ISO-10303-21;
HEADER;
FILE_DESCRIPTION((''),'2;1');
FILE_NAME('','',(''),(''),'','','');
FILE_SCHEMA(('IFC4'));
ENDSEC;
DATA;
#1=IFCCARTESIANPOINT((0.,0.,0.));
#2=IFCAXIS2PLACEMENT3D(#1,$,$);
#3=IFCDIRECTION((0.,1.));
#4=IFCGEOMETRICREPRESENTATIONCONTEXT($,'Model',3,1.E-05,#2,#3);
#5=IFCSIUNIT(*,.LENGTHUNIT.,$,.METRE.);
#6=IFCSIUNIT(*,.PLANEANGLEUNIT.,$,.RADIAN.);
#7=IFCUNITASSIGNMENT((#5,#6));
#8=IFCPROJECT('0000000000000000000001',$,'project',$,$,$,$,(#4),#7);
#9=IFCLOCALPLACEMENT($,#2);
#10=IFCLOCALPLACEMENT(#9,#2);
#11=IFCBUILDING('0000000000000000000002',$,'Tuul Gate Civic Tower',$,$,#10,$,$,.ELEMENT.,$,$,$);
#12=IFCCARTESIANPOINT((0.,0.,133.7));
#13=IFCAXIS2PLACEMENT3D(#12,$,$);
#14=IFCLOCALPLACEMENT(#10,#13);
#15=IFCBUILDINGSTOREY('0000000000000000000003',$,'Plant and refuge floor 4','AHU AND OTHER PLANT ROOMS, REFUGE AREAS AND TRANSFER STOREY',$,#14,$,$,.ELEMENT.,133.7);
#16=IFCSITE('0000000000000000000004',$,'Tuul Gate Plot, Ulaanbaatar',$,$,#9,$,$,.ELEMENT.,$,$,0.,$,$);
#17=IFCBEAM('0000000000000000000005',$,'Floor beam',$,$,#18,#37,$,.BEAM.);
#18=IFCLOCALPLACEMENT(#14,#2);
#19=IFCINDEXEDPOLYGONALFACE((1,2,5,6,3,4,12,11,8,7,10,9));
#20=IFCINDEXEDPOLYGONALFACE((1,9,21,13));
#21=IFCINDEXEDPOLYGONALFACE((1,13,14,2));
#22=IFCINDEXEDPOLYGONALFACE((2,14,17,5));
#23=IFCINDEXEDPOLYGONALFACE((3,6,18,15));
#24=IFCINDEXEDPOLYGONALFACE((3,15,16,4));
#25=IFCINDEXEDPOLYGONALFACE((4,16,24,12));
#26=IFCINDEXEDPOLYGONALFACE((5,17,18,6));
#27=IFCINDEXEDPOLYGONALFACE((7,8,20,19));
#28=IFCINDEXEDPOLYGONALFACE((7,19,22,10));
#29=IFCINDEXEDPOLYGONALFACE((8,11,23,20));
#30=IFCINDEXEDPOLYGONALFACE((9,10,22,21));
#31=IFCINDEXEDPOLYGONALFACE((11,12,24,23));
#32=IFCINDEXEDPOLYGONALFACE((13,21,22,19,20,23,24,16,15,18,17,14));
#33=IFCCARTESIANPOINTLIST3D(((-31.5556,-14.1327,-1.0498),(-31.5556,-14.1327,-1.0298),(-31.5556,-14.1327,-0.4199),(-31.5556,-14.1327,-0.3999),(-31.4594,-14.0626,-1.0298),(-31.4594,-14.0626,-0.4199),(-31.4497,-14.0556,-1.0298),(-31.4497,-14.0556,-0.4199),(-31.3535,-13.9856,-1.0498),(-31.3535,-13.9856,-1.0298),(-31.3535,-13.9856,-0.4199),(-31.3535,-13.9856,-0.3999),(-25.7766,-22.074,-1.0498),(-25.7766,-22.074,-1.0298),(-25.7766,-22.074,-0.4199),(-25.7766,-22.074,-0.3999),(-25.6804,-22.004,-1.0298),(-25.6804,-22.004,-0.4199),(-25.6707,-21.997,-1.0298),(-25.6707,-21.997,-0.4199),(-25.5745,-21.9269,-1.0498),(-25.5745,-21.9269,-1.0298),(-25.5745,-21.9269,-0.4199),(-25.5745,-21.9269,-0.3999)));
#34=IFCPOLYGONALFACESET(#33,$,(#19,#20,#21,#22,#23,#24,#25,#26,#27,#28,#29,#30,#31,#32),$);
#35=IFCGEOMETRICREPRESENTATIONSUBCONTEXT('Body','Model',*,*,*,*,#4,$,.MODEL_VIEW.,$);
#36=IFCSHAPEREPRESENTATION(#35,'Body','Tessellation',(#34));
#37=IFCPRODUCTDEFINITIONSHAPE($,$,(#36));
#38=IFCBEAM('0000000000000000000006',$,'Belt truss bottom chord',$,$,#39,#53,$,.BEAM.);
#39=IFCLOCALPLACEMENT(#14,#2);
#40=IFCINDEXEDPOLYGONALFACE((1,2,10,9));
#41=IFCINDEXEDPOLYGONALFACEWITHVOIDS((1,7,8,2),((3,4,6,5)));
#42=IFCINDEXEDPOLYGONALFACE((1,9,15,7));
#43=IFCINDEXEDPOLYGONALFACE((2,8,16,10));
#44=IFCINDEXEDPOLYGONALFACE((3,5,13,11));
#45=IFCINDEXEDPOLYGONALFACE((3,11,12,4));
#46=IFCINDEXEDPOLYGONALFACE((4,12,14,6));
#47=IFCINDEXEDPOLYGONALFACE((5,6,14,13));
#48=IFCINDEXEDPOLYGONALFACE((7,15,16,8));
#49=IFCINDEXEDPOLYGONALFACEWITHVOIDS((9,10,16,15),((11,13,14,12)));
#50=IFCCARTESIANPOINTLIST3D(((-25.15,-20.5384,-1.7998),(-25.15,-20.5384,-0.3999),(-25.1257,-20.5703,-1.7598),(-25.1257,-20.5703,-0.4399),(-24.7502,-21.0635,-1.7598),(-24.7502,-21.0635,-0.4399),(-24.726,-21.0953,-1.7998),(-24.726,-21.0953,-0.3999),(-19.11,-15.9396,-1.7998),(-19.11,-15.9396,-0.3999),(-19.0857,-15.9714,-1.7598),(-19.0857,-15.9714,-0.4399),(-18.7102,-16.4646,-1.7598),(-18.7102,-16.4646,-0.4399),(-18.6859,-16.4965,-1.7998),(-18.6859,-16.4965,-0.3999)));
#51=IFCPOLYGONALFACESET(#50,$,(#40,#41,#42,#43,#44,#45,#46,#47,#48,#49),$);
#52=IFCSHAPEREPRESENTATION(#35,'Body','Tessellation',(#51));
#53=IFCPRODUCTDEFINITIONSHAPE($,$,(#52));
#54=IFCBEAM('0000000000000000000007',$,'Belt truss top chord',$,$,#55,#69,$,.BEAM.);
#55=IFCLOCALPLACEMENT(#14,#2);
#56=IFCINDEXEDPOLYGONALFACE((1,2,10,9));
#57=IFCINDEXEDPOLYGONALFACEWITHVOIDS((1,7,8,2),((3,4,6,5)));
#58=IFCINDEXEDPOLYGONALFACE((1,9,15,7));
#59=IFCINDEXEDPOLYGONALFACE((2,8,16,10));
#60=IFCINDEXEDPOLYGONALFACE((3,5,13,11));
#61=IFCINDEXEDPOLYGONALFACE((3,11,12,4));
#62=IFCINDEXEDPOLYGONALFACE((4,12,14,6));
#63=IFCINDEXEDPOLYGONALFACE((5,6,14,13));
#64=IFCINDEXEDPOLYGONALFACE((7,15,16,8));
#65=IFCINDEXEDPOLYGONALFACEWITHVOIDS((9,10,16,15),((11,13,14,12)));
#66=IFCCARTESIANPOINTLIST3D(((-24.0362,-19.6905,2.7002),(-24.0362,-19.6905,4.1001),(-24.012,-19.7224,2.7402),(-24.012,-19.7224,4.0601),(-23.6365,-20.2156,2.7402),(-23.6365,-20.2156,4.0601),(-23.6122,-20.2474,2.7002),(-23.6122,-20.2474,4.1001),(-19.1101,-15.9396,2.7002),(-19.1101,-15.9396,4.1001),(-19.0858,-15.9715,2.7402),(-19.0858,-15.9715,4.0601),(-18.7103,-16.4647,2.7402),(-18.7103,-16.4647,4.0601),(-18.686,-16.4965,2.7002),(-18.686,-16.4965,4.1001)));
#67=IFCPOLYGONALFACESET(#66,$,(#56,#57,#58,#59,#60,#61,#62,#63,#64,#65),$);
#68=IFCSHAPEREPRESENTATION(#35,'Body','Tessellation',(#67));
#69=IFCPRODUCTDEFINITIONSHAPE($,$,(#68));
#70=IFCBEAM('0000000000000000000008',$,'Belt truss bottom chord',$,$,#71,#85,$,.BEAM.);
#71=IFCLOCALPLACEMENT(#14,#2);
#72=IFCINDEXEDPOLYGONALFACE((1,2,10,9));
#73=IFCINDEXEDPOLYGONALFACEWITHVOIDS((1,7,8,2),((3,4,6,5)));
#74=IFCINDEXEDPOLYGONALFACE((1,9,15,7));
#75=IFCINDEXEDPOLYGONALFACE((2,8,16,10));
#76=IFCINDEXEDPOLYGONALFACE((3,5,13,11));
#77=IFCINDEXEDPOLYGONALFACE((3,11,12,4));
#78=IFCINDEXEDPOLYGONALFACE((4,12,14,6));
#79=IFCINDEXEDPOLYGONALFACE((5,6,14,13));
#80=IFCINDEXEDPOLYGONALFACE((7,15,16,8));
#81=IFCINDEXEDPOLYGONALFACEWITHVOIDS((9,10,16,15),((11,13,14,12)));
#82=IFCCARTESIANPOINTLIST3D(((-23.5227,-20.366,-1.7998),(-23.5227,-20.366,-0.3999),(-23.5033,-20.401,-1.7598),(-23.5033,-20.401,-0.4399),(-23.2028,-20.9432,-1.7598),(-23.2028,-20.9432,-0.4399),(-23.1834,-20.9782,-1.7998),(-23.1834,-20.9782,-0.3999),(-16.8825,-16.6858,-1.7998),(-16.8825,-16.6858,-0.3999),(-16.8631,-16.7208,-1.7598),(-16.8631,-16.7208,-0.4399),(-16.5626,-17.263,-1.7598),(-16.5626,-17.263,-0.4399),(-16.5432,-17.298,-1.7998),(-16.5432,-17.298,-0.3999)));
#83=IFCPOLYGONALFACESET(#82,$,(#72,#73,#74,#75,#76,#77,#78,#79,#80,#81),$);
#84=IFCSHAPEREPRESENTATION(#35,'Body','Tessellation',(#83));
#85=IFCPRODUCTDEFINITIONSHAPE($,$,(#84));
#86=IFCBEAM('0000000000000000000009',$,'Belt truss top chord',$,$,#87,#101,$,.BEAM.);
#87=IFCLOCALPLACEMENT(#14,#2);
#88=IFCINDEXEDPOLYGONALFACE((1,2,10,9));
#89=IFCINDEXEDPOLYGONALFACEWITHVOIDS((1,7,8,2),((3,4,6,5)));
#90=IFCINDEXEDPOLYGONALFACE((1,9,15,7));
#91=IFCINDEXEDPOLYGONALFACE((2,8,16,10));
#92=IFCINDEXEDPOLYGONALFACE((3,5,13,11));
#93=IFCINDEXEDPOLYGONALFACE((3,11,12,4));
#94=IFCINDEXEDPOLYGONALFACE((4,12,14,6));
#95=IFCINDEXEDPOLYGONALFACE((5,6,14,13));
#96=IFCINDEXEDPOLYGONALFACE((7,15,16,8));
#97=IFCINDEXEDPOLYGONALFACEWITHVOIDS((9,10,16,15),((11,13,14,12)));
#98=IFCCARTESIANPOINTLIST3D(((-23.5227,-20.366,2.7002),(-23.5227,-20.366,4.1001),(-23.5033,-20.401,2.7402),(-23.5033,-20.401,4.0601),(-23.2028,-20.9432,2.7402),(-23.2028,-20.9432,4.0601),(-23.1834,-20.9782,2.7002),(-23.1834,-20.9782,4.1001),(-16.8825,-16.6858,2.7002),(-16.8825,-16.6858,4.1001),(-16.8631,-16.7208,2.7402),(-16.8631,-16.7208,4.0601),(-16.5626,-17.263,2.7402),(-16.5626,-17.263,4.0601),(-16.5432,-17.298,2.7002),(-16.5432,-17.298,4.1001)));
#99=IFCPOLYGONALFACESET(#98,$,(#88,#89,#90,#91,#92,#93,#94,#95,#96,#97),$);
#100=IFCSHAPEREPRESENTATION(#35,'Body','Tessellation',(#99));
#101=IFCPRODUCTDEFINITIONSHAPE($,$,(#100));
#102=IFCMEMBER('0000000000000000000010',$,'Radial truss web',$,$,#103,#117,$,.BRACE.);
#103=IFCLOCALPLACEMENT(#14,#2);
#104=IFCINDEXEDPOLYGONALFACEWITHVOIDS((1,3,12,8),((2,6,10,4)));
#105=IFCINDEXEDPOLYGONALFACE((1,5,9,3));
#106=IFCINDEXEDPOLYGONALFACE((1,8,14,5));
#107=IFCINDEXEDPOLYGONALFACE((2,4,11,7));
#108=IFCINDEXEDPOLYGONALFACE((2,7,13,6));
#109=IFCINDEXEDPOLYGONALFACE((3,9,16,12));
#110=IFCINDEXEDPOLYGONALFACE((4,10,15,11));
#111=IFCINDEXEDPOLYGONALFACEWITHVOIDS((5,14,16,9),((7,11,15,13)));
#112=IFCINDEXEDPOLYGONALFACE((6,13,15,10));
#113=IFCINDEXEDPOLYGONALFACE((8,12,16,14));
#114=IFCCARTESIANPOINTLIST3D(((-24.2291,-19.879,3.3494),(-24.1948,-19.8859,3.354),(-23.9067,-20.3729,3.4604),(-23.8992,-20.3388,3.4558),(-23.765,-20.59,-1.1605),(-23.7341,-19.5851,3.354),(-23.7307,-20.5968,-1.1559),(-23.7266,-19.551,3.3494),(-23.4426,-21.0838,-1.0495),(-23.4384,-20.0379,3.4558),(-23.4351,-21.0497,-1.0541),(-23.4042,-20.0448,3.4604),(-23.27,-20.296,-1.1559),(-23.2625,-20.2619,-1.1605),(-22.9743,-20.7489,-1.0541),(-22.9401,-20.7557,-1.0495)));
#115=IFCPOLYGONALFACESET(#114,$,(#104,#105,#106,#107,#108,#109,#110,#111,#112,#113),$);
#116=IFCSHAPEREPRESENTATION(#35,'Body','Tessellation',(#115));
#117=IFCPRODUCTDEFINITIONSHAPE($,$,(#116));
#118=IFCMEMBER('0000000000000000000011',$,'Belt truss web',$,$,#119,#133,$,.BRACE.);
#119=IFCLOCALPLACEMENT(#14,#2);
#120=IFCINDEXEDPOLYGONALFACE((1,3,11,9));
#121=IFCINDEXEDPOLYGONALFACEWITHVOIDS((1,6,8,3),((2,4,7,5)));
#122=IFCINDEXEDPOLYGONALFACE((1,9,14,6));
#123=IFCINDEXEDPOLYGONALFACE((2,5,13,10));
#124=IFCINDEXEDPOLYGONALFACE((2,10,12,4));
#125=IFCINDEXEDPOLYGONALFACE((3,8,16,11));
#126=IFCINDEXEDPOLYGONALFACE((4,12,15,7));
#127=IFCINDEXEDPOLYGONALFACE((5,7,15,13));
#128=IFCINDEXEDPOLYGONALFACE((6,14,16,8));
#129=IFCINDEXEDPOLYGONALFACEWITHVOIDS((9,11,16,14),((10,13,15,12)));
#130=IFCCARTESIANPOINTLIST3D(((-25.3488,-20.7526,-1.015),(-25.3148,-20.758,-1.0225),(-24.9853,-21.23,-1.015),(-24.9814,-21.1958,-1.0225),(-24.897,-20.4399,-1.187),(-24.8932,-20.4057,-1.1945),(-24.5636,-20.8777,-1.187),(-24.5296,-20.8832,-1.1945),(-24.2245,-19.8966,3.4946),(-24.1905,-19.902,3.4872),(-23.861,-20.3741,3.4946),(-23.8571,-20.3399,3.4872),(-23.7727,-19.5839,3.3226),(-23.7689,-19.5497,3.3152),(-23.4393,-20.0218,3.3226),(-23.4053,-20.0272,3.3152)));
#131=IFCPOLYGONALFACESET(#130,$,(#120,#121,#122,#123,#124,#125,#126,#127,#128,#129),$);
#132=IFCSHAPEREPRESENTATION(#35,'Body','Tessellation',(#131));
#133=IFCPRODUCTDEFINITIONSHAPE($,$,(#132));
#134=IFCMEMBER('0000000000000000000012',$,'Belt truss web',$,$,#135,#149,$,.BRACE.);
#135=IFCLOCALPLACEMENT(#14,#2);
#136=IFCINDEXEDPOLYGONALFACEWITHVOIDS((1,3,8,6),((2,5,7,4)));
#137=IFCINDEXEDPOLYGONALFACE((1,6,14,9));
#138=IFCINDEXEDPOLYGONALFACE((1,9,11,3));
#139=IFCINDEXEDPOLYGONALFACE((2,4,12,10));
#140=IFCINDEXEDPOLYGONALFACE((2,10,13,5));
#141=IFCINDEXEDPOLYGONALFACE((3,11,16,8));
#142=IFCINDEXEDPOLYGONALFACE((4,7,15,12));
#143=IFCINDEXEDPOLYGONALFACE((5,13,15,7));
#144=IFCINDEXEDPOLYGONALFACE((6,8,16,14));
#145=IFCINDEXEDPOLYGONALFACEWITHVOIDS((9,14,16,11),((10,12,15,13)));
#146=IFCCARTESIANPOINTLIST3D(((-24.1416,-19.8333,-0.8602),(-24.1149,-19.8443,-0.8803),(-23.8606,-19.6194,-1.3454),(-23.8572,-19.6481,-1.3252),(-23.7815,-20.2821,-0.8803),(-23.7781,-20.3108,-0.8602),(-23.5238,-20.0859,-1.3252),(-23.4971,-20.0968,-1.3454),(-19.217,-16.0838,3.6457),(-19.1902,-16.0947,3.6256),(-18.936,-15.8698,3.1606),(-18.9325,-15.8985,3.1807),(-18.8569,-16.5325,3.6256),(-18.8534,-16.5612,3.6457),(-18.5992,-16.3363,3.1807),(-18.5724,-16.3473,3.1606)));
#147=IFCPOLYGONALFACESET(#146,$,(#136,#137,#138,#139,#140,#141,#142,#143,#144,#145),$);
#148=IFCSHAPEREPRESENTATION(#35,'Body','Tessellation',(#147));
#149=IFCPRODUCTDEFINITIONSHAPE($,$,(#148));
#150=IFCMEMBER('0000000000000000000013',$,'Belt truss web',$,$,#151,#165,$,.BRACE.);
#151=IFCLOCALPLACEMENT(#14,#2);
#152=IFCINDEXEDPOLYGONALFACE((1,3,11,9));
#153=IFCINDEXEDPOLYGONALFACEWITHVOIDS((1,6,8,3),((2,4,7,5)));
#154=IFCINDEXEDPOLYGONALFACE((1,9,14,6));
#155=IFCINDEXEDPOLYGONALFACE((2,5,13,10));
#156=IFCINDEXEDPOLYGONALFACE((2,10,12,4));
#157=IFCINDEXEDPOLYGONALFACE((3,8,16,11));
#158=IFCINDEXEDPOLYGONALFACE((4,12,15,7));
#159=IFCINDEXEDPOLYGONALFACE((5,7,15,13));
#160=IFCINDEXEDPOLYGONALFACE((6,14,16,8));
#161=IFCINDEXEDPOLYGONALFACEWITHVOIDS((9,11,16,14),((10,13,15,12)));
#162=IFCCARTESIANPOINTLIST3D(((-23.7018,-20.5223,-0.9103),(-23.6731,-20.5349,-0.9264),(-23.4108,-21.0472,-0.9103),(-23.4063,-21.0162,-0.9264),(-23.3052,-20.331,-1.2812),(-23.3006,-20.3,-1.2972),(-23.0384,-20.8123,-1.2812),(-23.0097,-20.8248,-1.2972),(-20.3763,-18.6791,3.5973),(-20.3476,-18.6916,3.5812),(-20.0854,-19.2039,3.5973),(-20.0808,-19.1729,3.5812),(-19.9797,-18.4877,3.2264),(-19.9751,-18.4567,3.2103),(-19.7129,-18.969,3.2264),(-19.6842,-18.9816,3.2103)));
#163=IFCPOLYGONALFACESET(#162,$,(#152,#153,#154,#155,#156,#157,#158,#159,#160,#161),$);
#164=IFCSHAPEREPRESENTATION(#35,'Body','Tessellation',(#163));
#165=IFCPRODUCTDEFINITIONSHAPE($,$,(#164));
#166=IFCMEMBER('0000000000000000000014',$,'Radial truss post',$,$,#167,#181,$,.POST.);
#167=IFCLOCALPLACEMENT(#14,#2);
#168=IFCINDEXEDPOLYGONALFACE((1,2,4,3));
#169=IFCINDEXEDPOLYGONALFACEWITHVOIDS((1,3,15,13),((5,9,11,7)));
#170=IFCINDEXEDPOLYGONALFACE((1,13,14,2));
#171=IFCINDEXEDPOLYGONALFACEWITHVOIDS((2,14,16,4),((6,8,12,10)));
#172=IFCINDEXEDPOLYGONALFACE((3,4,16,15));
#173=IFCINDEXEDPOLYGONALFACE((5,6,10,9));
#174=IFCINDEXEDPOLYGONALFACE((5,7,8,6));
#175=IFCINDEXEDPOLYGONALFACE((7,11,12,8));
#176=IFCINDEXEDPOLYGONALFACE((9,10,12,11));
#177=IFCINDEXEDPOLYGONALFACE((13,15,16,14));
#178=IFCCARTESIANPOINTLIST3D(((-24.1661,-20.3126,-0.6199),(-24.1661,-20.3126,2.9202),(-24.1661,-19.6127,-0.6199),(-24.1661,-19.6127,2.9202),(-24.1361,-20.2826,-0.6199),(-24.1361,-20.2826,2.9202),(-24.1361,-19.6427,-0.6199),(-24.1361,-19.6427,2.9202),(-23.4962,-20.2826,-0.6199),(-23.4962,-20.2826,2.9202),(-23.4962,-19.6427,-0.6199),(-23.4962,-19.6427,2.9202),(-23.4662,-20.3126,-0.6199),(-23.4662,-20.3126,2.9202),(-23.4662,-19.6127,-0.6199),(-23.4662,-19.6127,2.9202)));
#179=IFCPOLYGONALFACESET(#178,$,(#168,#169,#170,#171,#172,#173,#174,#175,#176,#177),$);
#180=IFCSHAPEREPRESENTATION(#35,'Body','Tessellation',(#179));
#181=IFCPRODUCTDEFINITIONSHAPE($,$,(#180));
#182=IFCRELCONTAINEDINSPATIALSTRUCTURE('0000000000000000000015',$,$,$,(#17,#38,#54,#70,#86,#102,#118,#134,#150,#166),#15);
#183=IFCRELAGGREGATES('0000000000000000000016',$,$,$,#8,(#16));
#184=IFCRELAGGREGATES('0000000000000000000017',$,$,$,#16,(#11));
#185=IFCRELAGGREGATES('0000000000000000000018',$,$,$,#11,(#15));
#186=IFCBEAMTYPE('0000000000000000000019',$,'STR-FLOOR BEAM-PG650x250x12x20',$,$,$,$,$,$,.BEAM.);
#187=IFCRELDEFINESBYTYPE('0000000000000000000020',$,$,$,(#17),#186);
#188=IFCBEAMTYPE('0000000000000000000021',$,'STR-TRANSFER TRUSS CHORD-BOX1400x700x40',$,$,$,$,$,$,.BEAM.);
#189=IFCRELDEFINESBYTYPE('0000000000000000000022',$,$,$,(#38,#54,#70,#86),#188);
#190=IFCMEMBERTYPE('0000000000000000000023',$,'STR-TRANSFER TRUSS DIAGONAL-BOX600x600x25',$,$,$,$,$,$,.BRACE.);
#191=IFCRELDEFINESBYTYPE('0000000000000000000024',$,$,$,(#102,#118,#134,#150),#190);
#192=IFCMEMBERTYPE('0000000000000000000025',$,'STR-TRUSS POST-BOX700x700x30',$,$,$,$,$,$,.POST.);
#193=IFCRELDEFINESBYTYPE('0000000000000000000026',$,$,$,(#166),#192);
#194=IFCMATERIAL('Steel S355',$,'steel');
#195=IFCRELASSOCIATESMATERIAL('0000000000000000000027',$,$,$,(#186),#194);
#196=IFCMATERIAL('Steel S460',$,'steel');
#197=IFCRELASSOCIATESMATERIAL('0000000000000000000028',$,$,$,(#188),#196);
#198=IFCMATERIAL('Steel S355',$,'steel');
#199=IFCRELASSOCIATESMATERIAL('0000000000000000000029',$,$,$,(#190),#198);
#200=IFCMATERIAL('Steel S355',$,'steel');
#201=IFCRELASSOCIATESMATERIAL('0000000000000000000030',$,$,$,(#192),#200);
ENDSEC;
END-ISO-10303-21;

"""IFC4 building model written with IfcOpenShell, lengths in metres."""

from ifc_helpers import new_model, si_unit, direction, frame, origin, origin_2d, place, context, subcontext, project, spatial, hollow_rectangle, i_section, extrude, material, material_profile, profile_set, type_object, element, save


model = new_model("IFC4")

# Units and contexts
model_context = context("Model", 3, precision=1e-05, world=origin(), true_north=direction((0.0, 1.0)))
body_context = subcontext(model_context, "Body", "Model", "MODEL_VIEW")
ifc_project = project(units=[si_unit("LENGTHUNIT", "METRE"), si_unit("PLANEANGLEUNIT", "RADIAN")], contexts=[model_context])

# Site, building, storey
site_placement = place(None, origin())
site = spatial("IfcSite", under=ifc_project, at=site_placement, Name="Tuul Gate Plot, Ulaanbaatar", CompositionType="ELEMENT", RefElevation=0.0)
building_placement = place(site_placement, origin())
building = spatial("IfcBuilding", under=site, at=building_placement, Name="Tuul Gate Civic Tower", CompositionType="ELEMENT")
storey_placement = place(building_placement, frame((0.0, 0.0, 133.7)))
storey = spatial("IfcBuildingStorey", under=building, at=storey_placement, Name="Plant and refuge floor 4", Description="AHU AND OTHER PLANT ROOMS, REFUGE AREAS AND TRANSFER STOREY", CompositionType="ELEMENT", Elevation=133.7)

# Beams
ifc_material_1 = material(Name="Steel S355", Category="steel")
ifc_material_profile_1 = material_profile(ifc_material_1, i_section(OverallWidth=0.25, OverallDepth=0.6499, WebThickness=0.012, FlangeThickness=0.02, at=origin_2d()), Name="PG650x250x12x20")
ifc_profile_set_1 = profile_set([ifc_material_profile_1], Name="Steel S355")
beam_type_1 = type_object("IfcBeamType", Name="STR-FLOOR BEAM-PG650x250x12x20", PredefinedType="BEAM", material=ifc_profile_set_1)
beam_1_placement = place(storey_placement, frame((-25.6755, -22.0005, -0.7249), z_axis=(-0.588404, 0.808567, 0.0), x_axis=(-0.808567, -0.588404, 0.0)))
element("IfcBeam", 1, at=beam_1_placement, inside=storey, type_object=beam_type_1, Name="Floor beam", PredefinedType="BEAM", context=body_context, shape_type="SweptSolid", body=[
    extrude(i_section(OverallWidth=0.25, OverallDepth=0.6499, WebThickness=0.012, FlangeThickness=0.02, at=origin_2d()), origin(), (0.0, 0.0, 1.0), 9.8215),
])
ifc_material_2 = material(Name="Steel S460", Category="steel")
ifc_material_profile_2 = material_profile(ifc_material_2, hollow_rectangle(XDim=0.7, YDim=1.3999, WallThickness=0.04, at=origin_2d()), Name="BOX1400x700x40")
ifc_profile_set_2 = profile_set([ifc_material_profile_2], Name="Steel S460")
beam_type_2 = type_object("IfcBeamType", Name="STR-TRANSFER TRUSS CHORD-BOX1400x700x40", PredefinedType="BEAM", material=ifc_profile_set_2)
beam_2_placement = place(storey_placement, frame((-24.938, -20.8169, -1.0999), z_axis=(0.795626, 0.605788, 0.0), x_axis=(-0.605788, 0.795626, 0.0)))
element("IfcBeam", 2, at=beam_2_placement, inside=storey, type_object=beam_type_2, Name="Belt truss bottom chord", PredefinedType="BEAM", context=body_context, shape_type="SweptSolid", body=[
    extrude(hollow_rectangle(XDim=0.7, YDim=1.3999, WallThickness=0.04, at=origin_2d()), origin(), (0.0, 0.0, 1.0), 7.5916),
])
beam_3_placement = place(storey_placement, frame((-23.8242, -19.969, 3.4001), z_axis=(0.795616, 0.605801, 0.0), x_axis=(-0.605801, 0.795616, 0.0)))
element("IfcBeam", 3, at=beam_3_placement, inside=storey, type_object=beam_type_2, Name="Belt truss top chord", PredefinedType="BEAM", context=body_context, shape_type="SweptSolid", body=[
    extrude(hollow_rectangle(XDim=0.7, YDim=1.3999, WallThickness=0.04, at=origin_2d()), origin(), (0.0, 0.0, 1.0), 6.1917),
])
for number, where, z_axis, x_axis, name in (
    (4, (-23.353, -20.6721, -1.0999), (0.874648, 0.484758, 0.0), (-0.484758, 0.874648, 0.0), "Belt truss bottom chord"),
    (5, (-23.353, -20.6721, 3.4001), (0.874648, 0.484758, 0.0), (-0.484758, 0.874648, 0.0), "Belt truss top chord"),
):
    element("IfcBeam", number, at=place(storey_placement, frame(where, z_axis=z_axis, x_axis=x_axis)), inside=storey, type_object=beam_type_2, Name=name, PredefinedType="BEAM", context=body_context, shape_type="SweptSolid", body=[
        extrude(hollow_rectangle(XDim=0.7, YDim=1.3999, WallThickness=0.04, at=origin_2d()), origin(), (0.0, 0.0, 1.0), 7.5918),
    ])

# Members
ifc_material_3 = material(Name="Steel S355", Category="steel")
ifc_material_profile_3 = material_profile(ifc_material_3, hollow_rectangle(XDim=0.6001, YDim=0.6001, WallThickness=0.0249, at=origin_2d()), Name="BOX600x600x25")
ifc_profile_set_3 = profile_set([ifc_material_profile_3], Name="Steel S355")
member_type_1 = type_object("IfcMemberType", Name="STR-TRANSFER TRUSS DIAGONAL-BOX600x600x25", PredefinedType="BRACE", material=ifc_profile_set_3)
member_1_placement = place(storey_placement, frame((-23.3525, -20.6729, -1.105), z_axis=(-0.101131, 0.154914, 0.982738), x_axis=(-0.837365, -0.546645, 0.0)))
element("IfcMember", 6, at=member_1_placement, inside=storey, type_object=member_type_1, Name="Radial truss web", PredefinedType="BRACE", context=body_context, shape_type="SweptSolid", body=[
    extrude(hollow_rectangle(XDim=0.6001, YDim=0.6001, WallThickness=0.0249, at=origin_2d()), origin(), (0.0, 0.0, 1.0), 4.5891),
])
member_2_placement = place(storey_placement, frame((-24.9392, -20.8179, -1.1047), z_axis=(0.237904, 0.181127, 0.954251), x_axis=(-0.605762, 0.795646, 0.0)))
element("IfcMember", 7, at=member_2_placement, inside=storey, type_object=member_type_1, Name="Belt truss web", PredefinedType="BRACE", context=body_context, shape_type="SweptSolid", body=[
    extrude(hollow_rectangle(XDim=0.6001, YDim=0.6001, WallThickness=0.0249, at=origin_2d()), origin(), (0.0, 0.0, 1.0), 4.7258),
])
member_3_placement = place(storey_placement, frame((-23.8193, -19.9651, -1.1028), z_axis=(0.643237, 0.489754, 0.588547), x_axis=(-0.605784, 0.795629, 0.0)))
element("IfcMember", 8, at=member_3_placement, inside=storey, type_object=member_type_1, Name="Belt truss web", PredefinedType="BRACE", context=body_context, shape_type="SweptSolid", body=[
    extrude(hollow_rectangle(XDim=0.6001, YDim=0.6001, WallThickness=0.0249, at=origin_2d()), origin(), (0.0, 0.0, 1.0), 7.656),
])
member_4_placement = place(storey_placement, frame((-23.3557, -20.6736, -1.1038), z_axis=(0.563923, 0.312577, 0.764386), x_axis=(-0.484798, 0.874626, 0.0)))
element("IfcMember", 9, at=member_4_placement, inside=storey, type_object=member_type_1, Name="Belt truss web", PredefinedType="BRACE", context=body_context, shape_type="SweptSolid", body=[
    extrude(hollow_rectangle(XDim=0.6001, YDim=0.6001, WallThickness=0.0249, at=origin_2d()), origin(), (0.0, 0.0, 1.0), 5.897),
])
ifc_material_4 = material(Name="Steel S355", Category="steel")
ifc_material_profile_4 = material_profile(ifc_material_4, hollow_rectangle(XDim=0.7, YDim=0.7, WallThickness=0.03, at=origin_2d()), Name="BOX700x700x30")
ifc_profile_set_4 = profile_set([ifc_material_profile_4], Name="Steel S355")
member_type_2 = type_object("IfcMemberType", Name="STR-TRUSS POST-BOX700x700x30", PredefinedType="POST", material=ifc_profile_set_4)
for number, where, z_axis, x_axis, name in (
    (10, (-23.8162, -19.9626, -0.6199), (0.0, 0.0, 1.0), (1.0, 0.0, 0.0), "Radial truss post"),
):
    element("IfcMember", number, at=place(storey_placement, frame(where, z_axis=z_axis, x_axis=x_axis)), inside=storey, type_object=member_type_2, Name=name, PredefinedType="POST", context=body_context, shape_type="SweptSolid", body=[
        extrude(hollow_rectangle(XDim=0.7, YDim=0.7, WallThickness=0.03, at=origin_2d()), origin(), (0.0, 0.0, 1.0), 3.54),
    ])

save(model, "model.ifc")
